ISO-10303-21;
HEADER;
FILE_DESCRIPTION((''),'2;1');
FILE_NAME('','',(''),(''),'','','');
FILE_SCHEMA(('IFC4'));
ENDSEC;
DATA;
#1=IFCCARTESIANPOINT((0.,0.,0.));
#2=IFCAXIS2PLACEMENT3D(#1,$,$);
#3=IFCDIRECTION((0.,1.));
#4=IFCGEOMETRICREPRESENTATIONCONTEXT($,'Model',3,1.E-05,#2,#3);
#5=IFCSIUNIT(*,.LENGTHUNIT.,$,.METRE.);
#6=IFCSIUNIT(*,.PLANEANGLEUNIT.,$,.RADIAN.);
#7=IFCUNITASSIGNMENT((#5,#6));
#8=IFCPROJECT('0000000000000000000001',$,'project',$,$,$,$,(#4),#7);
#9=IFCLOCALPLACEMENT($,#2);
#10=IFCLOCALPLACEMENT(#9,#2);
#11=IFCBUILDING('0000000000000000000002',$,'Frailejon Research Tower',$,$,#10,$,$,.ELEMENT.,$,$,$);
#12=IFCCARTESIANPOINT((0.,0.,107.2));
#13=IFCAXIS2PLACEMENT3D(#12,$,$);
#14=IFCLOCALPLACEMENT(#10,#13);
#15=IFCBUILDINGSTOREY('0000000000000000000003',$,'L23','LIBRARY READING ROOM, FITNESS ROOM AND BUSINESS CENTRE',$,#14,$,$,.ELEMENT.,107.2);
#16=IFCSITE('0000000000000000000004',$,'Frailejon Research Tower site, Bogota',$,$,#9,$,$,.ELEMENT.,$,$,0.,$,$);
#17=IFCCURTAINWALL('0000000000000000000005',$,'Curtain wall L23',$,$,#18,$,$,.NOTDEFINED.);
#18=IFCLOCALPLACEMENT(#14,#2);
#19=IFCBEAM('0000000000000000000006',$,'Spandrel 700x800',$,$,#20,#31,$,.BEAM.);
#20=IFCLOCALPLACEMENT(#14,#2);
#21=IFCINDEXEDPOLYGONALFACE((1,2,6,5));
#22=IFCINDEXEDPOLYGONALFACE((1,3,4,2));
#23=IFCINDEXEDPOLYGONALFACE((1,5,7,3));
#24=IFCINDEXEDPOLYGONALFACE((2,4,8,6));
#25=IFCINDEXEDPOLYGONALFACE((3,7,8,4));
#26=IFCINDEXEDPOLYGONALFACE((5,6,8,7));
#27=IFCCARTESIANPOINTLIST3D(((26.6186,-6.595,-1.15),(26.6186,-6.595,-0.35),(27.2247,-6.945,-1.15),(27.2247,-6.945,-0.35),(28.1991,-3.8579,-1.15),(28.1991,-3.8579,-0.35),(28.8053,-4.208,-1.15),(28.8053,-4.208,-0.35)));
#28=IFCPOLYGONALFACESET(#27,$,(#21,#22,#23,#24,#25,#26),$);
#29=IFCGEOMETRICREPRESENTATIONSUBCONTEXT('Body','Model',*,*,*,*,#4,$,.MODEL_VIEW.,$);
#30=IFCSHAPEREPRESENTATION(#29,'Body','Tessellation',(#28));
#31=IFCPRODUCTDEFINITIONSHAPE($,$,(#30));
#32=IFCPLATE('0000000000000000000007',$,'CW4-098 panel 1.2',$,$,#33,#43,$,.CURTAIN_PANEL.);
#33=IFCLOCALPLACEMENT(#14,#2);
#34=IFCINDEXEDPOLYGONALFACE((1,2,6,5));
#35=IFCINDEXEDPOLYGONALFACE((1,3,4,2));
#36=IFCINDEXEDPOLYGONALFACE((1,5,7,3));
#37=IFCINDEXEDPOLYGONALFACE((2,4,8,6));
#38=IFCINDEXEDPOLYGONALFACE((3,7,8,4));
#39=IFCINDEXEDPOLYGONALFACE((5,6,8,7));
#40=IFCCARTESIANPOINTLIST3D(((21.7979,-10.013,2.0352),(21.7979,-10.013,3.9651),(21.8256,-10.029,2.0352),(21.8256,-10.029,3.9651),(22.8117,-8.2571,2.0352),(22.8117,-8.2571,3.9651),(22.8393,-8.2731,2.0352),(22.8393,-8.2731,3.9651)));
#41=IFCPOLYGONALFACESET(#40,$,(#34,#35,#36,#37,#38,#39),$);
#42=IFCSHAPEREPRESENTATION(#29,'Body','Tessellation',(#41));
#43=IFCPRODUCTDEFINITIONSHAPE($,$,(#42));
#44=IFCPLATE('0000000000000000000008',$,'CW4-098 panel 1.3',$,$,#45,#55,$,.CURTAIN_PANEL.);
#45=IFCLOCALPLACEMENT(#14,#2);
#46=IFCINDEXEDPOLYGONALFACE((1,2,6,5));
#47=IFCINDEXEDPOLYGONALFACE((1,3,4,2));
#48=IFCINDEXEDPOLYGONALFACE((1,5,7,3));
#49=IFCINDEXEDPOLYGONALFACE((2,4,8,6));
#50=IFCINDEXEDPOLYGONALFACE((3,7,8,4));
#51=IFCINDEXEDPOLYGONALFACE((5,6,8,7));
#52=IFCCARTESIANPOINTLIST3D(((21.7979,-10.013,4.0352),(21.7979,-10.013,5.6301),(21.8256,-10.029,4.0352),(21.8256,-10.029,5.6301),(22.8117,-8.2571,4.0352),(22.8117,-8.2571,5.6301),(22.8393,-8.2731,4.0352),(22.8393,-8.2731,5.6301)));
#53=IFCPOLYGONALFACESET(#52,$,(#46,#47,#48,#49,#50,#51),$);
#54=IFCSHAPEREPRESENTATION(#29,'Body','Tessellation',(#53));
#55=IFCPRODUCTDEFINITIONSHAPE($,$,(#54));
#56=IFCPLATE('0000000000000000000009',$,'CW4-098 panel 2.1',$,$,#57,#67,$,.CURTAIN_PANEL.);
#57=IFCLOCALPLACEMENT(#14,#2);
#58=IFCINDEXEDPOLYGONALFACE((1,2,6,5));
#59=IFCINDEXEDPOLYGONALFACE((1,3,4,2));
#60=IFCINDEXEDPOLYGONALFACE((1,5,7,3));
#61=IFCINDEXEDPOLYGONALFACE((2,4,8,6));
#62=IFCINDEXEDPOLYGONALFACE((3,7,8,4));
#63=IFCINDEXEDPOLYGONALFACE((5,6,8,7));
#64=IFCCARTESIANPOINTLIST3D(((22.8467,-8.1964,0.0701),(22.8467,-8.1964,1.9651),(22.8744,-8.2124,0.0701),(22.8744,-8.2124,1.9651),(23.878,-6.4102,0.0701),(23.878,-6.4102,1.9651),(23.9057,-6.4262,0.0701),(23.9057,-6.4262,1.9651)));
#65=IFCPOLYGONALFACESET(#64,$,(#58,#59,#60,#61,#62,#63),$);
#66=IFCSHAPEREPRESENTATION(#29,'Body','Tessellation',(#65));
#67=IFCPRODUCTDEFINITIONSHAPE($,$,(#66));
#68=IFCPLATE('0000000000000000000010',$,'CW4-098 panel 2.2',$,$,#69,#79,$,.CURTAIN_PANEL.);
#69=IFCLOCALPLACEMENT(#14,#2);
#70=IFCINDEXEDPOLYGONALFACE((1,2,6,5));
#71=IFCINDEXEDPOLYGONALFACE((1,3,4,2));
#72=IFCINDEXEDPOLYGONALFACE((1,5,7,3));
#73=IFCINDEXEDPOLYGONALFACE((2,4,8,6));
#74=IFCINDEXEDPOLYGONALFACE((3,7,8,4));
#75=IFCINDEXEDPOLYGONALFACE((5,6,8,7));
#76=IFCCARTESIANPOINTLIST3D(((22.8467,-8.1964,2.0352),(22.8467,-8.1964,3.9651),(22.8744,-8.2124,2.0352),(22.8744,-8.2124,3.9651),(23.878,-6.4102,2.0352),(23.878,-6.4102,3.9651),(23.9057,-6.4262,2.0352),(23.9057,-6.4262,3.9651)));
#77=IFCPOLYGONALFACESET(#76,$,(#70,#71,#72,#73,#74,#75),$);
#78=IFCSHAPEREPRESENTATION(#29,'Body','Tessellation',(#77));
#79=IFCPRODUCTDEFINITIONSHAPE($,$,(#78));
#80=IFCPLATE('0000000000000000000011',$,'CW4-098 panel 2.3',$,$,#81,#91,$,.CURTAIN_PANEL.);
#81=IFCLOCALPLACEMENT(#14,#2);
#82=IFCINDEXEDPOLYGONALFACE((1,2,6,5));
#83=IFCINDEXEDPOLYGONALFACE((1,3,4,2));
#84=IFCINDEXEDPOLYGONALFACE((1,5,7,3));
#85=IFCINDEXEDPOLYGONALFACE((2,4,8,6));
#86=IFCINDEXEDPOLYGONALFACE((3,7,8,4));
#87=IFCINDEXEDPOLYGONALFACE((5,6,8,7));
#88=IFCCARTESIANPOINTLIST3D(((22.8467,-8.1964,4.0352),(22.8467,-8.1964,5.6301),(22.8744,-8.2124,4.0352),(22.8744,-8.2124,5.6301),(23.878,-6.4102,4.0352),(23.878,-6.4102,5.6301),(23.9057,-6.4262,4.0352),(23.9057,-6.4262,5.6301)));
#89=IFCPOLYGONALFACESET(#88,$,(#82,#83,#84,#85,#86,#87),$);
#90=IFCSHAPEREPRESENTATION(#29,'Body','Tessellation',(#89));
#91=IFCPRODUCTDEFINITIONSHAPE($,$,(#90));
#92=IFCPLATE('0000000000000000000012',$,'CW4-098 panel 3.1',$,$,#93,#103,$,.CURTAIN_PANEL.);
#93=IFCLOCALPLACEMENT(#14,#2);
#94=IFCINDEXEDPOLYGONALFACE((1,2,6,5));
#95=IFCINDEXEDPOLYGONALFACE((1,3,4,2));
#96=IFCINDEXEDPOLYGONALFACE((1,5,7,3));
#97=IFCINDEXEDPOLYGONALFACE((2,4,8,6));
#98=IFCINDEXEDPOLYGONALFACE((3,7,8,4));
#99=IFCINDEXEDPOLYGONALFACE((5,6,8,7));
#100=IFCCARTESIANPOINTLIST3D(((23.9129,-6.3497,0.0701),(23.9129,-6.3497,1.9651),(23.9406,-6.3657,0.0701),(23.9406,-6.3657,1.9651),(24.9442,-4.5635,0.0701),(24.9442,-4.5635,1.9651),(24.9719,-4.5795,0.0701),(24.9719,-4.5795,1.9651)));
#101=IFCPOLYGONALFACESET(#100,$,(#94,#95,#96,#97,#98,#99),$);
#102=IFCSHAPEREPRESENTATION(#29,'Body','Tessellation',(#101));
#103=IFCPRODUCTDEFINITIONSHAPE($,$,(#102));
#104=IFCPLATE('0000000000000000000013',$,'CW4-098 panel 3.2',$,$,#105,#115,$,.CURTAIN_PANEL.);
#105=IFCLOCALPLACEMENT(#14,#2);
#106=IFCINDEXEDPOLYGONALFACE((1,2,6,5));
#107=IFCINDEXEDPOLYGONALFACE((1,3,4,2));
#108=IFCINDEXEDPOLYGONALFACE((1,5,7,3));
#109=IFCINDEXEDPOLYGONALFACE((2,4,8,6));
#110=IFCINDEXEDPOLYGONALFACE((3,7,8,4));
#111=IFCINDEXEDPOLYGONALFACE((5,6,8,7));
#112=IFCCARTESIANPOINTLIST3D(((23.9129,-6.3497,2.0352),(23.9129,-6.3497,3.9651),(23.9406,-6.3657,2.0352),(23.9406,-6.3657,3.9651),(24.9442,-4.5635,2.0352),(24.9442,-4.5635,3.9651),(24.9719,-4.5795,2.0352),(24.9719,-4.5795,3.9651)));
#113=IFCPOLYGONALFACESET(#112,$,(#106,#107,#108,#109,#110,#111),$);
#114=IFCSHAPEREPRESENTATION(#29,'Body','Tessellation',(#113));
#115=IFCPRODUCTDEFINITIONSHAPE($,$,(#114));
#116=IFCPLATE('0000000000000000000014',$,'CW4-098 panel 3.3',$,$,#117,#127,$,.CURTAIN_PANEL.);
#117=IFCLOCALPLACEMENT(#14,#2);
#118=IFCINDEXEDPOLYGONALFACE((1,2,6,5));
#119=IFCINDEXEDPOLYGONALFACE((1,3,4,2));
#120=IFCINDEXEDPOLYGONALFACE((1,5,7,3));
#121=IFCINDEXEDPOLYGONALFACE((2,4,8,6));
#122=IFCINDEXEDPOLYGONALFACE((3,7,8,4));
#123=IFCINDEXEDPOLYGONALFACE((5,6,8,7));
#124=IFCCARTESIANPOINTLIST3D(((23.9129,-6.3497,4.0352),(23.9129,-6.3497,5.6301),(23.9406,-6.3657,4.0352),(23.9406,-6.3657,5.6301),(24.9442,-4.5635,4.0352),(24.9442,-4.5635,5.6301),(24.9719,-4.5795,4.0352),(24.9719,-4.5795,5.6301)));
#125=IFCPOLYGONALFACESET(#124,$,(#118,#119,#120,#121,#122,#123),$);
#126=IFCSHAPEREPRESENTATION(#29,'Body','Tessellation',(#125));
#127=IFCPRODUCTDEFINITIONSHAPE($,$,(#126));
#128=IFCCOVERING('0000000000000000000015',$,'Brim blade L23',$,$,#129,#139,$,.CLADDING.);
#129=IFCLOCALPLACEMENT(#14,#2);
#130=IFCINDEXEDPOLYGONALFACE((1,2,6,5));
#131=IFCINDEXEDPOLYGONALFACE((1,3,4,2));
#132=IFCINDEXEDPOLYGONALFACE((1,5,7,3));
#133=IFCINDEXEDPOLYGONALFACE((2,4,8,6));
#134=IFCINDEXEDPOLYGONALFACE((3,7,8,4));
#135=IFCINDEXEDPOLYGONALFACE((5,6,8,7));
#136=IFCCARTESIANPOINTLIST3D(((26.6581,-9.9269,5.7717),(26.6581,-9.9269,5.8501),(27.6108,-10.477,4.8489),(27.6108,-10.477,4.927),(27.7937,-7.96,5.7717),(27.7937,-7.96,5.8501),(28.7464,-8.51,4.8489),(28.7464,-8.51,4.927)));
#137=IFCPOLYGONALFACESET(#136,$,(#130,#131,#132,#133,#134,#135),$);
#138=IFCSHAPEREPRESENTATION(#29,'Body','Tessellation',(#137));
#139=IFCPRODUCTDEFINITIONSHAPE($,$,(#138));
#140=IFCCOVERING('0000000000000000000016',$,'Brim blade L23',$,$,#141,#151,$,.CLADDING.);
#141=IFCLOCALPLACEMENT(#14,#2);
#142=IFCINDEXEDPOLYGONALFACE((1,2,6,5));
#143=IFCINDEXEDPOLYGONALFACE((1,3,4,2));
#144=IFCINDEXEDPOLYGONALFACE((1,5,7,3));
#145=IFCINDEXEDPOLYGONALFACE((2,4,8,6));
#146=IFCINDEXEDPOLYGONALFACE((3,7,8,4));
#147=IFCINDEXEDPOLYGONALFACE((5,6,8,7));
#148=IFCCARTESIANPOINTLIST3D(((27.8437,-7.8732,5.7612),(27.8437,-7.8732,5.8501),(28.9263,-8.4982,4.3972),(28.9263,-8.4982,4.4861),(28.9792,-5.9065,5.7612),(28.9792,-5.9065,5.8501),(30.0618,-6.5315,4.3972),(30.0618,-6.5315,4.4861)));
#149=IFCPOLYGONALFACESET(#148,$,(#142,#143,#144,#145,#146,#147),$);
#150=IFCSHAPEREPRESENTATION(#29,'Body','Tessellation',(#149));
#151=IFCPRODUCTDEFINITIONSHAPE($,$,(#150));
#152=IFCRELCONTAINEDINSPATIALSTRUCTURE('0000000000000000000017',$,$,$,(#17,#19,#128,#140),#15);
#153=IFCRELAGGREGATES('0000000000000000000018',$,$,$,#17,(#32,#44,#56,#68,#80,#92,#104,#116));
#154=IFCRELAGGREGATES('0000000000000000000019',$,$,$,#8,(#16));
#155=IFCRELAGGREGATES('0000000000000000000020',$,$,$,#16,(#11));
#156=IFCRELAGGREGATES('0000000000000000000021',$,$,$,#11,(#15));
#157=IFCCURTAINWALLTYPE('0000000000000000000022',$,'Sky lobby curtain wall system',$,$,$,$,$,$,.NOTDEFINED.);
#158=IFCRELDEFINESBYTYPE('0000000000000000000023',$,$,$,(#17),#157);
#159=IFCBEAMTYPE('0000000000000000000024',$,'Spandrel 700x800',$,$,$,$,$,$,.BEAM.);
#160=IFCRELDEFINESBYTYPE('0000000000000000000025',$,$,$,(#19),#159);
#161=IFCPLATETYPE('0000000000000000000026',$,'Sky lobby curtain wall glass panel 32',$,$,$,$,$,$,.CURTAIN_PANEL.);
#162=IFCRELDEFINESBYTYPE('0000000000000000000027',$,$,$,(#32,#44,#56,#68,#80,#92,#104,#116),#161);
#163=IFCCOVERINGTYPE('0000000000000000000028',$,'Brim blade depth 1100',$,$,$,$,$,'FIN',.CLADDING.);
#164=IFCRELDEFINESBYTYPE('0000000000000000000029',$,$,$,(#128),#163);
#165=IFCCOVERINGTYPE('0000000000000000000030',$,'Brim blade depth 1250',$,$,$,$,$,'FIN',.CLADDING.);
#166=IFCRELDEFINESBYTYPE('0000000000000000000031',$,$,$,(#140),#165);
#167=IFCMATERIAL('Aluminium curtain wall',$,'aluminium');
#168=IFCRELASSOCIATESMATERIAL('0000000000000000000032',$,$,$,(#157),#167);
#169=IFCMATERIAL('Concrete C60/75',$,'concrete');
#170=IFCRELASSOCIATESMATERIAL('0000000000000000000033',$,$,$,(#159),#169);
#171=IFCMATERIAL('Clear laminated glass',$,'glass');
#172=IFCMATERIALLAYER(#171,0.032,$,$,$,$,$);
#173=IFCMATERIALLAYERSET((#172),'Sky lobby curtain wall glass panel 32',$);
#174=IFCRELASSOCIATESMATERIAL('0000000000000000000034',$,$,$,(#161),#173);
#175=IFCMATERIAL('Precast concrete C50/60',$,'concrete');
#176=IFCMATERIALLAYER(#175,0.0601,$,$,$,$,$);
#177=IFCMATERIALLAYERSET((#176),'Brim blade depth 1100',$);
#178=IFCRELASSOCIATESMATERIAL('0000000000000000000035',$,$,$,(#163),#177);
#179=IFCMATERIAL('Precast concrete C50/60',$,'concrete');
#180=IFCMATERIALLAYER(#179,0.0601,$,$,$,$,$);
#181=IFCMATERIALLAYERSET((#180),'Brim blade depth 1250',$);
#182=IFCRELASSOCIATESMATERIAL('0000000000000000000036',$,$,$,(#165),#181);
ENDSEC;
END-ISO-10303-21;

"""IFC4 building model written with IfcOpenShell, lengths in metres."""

from ifc_helpers import new_model, si_unit, direction, frame, origin, origin_2d, place, context, subcontext, project, spatial, polyline, rectangle, outline, extrude, material, layer, layer_set, material_profile, profile_set, type_object, element, aggregate, save


model = new_model("IFC4")

# Units and contexts
model_context = context("Model", 3, precision=1e-05, world=origin(), true_north=direction((0.0, 1.0)))
body_context = subcontext(model_context, "Body", "Model", "MODEL_VIEW")
ifc_project = project(units=[si_unit("LENGTHUNIT", "METRE"), si_unit("PLANEANGLEUNIT", "RADIAN")], contexts=[model_context])

# Site, building, storey
site_placement = place(None, origin())
site = spatial("IfcSite", under=ifc_project, at=site_placement, Name="Frailejon Research Tower site, Bogota", CompositionType="ELEMENT", RefElevation=0.0)
building_placement = place(site_placement, origin())
building = spatial("IfcBuilding", under=site, at=building_placement, Name="Frailejon Research Tower", CompositionType="ELEMENT")
storey_placement = place(building_placement, frame((0.0, 0.0, 107.2)))
storey = spatial("IfcBuildingStorey", under=building, at=storey_placement, Name="L23", Description="LIBRARY READING ROOM, FITNESS ROOM AND BUSINESS CENTRE", CompositionType="ELEMENT", Elevation=107.2)

# Curtain wall
ifc_material_1 = material(Name="Aluminium curtain wall", Category="aluminium")
curtain_wall_type = type_object("IfcCurtainWallType", Name="Sky lobby curtain wall system", PredefinedType="NOTDEFINED", material=ifc_material_1)
curtain_wall_placement = place(storey_placement, origin())
curtain_wall = element("IfcCurtainWall", 1, at=curtain_wall_placement, inside=storey, type_object=curtain_wall_type, Name="Curtain wall L23", PredefinedType="NOTDEFINED")

# Beam
ifc_material_2 = material(Name="Concrete C60/75", Category="concrete")
ifc_material_profile_1 = material_profile(ifc_material_2, rectangle(XDim=0.7, YDim=0.8, at=origin_2d()), Name="Spandrel 700x800")
ifc_profile_set_1 = profile_set([ifc_material_profile_1], Name="Concrete C60/75")
beam_type_1 = type_object("IfcBeamType", Name="Spandrel 700x800", PredefinedType="BEAM", material=ifc_profile_set_1)
beam_1_placement = place(storey_placement, frame((26.9216, -6.77, -0.75), z_axis=(0.500077, 0.865981, 0.0), x_axis=(-0.865981, 0.500077, 0.0)))
element("IfcBeam", 2, at=beam_1_placement, inside=storey, type_object=beam_type_1, Name="Spandrel 700x800", PredefinedType="BEAM", context=body_context, shape_type="SweptSolid", body=[
    extrude(rectangle(XDim=0.7, YDim=0.8, at=origin_2d()), origin(), (0.0, 0.0, 1.0), 3.1606),
])

# Plates
ifc_material_3 = material(Name="Clear laminated glass", Category="glass")
ifc_layer_1 = layer(ifc_material_3, 0.032)
ifc_layer_set_1 = layer_set([ifc_layer_1], Name="Sky lobby curtain wall glass panel 32")
plate_type = type_object("IfcPlateType", Name="Sky lobby curtain wall glass panel 32", PredefinedType="CURTAIN_PANEL", material=ifc_layer_set_1)
plate_1_placement = place(storey_placement, frame((22.3186, -9.1431, 2.0352), z_axis=(0.0, 0.0, 1.0), x_axis=(0.5, 0.866026, 0.0)))
plate_1 = element("IfcPlate", 3, at=plate_1_placement, type_object=plate_type, Name="CW4-098 panel 1.2", PredefinedType="CURTAIN_PANEL", context=body_context, shape_type="SweptSolid", body=[
    extrude(rectangle(XDim=2.0276, YDim=0.032, at=origin_2d()), origin(), (0.0, 0.0, 1.0), 1.9299),
])
plate_2_placement = place(storey_placement, frame((22.3186, -9.1431, 4.0352), z_axis=(0.0, 0.0, 1.0), x_axis=(0.5, 0.866026, 0.0)))
plate_2 = element("IfcPlate", 4, at=plate_2_placement, type_object=plate_type, Name="CW4-098 panel 1.3", PredefinedType="CURTAIN_PANEL", context=body_context, shape_type="SweptSolid", body=[
    extrude(rectangle(XDim=2.0276, YDim=0.032, at=origin_2d()), origin(), (0.0, 0.0, 1.0), 1.595),
])
plate_3_placement = place(storey_placement, frame((23.3762, -7.3113, 0.0701), z_axis=(0.0, 0.0, 1.0), x_axis=(0.5, 0.866026, 0.0)))
plate_3 = element("IfcPlate", 5, at=plate_3_placement, type_object=plate_type, Name="CW4-098 panel 2.1", PredefinedType="CURTAIN_PANEL", context=body_context, shape_type="SweptSolid", body=[
    extrude(rectangle(XDim=2.0625, YDim=0.032, at=origin_2d()), origin(), (0.0, 0.0, 1.0), 1.895),
])
plate_4_placement = place(storey_placement, frame((23.3762, -7.3113, 2.0352), z_axis=(0.0, 0.0, 1.0), x_axis=(0.5, 0.866026, 0.0)))
plate_4 = element("IfcPlate", 6, at=plate_4_placement, type_object=plate_type, Name="CW4-098 panel 2.2", PredefinedType="CURTAIN_PANEL", context=body_context, shape_type="SweptSolid", body=[
    extrude(rectangle(XDim=2.0625, YDim=0.032, at=origin_2d()), origin(), (0.0, 0.0, 1.0), 1.9299),
])
plate_5_placement = place(storey_placement, frame((23.3762, -7.3113, 4.0352), z_axis=(0.0, 0.0, 1.0), x_axis=(0.5, 0.866026, 0.0)))
plate_5 = element("IfcPlate", 7, at=plate_5_placement, type_object=plate_type, Name="CW4-098 panel 2.3", PredefinedType="CURTAIN_PANEL", context=body_context, shape_type="SweptSolid", body=[
    extrude(rectangle(XDim=2.0625, YDim=0.032, at=origin_2d()), origin(), (0.0, 0.0, 1.0), 1.595),
])
plate_6_placement = place(storey_placement, frame((24.4424, -5.4646, 0.0701), z_axis=(0.0, 0.0, 1.0), x_axis=(0.5, 0.866026, 0.0)))
plate_6 = element("IfcPlate", 8, at=plate_6_placement, type_object=plate_type, Name="CW4-098 panel 3.1", PredefinedType="CURTAIN_PANEL", context=body_context, shape_type="SweptSolid", body=[
    extrude(rectangle(XDim=2.0625, YDim=0.032, at=origin_2d()), origin(), (0.0, 0.0, 1.0), 1.895),
])
plate_7_placement = place(storey_placement, frame((24.4424, -5.4646, 2.0352), z_axis=(0.0, 0.0, 1.0), x_axis=(0.5, 0.866026, 0.0)))
plate_7 = element("IfcPlate", 9, at=plate_7_placement, type_object=plate_type, Name="CW4-098 panel 3.2", PredefinedType="CURTAIN_PANEL", context=body_context, shape_type="SweptSolid", body=[
    extrude(rectangle(XDim=2.0625, YDim=0.032, at=origin_2d()), origin(), (0.0, 0.0, 1.0), 1.9299),
])
plate_8_placement = place(storey_placement, frame((24.4424, -5.4646, 4.0352), z_axis=(0.0, 0.0, 1.0), x_axis=(0.5, 0.866026, 0.0)))
plate_8 = element("IfcPlate", 10, at=plate_8_placement, type_object=plate_type, Name="CW4-098 panel 3.3", PredefinedType="CURTAIN_PANEL", context=body_context, shape_type="SweptSolid", body=[
    extrude(rectangle(XDim=2.0625, YDim=0.032, at=origin_2d()), origin(), (0.0, 0.0, 1.0), 1.595),
])
aggregate(curtain_wall, [plate_1, plate_2, plate_3, plate_4, plate_5, plate_6, plate_7, plate_8])

# Coverings
ifc_material_4 = material(Name="Precast concrete C50/60", Category="concrete")
ifc_layer_2 = layer(ifc_material_4, 0.0601)
ifc_layer_set_2 = layer_set([ifc_layer_2], Name="Brim blade depth 1100")
covering_type_1 = type_object("IfcCoveringType", Name="Brim blade depth 1100", ElementType="FIN", PredefinedType="CLADDING", material=ifc_layer_set_2)
covering_1_placement = place(storey_placement, frame((27.7937, -7.96, 5.8501), z_axis=(-0.500009, -0.86602, 0.0), x_axis=(0.86602, -0.500009, 0.0)))
element("IfcCovering", 11, at=covering_1_placement, inside=storey, type_object=covering_type_1, Name="Brim blade L23", PredefinedType="CLADDING", context=body_context, shape_type="SweptSolid", body=[
    extrude(outline(polyline([(0.0, -0.0784), (1.1001, -1.0012), (1.1001, -0.9231), (0.0, 0.0), (0.0, -0.0784)])), origin(), (0.0, 0.0, 1.0), 2.2712),
])
ifc_material_5 = material(Name="Precast concrete C50/60", Category="concrete")
ifc_layer_3 = layer(ifc_material_5, 0.0601)
ifc_layer_set_3 = layer_set([ifc_layer_3], Name="Brim blade depth 1250")
covering_type_2 = type_object("IfcCoveringType", Name="Brim blade depth 1250", ElementType="FIN", PredefinedType="CLADDING", material=ifc_layer_set_3)
covering_2_placement = place(storey_placement, frame((28.9792, -5.9065, 5.8501), z_axis=(-0.500002, -0.866024, 0.0), x_axis=(0.866024, -0.500002, 0.0)))
element("IfcCovering", 12, at=covering_2_placement, inside=storey, type_object=covering_type_2, Name="Brim blade L23", PredefinedType="CLADDING", context=body_context, shape_type="SweptSolid", body=[
    extrude(outline(polyline([(0.0, -0.0889), (1.25, -1.4529), (1.25, -1.364), (0.0, 0.0), (0.0, -0.0889)])), origin(), (0.0, 0.0, 1.0), 2.271),
])

save(model, "model.ifc")
